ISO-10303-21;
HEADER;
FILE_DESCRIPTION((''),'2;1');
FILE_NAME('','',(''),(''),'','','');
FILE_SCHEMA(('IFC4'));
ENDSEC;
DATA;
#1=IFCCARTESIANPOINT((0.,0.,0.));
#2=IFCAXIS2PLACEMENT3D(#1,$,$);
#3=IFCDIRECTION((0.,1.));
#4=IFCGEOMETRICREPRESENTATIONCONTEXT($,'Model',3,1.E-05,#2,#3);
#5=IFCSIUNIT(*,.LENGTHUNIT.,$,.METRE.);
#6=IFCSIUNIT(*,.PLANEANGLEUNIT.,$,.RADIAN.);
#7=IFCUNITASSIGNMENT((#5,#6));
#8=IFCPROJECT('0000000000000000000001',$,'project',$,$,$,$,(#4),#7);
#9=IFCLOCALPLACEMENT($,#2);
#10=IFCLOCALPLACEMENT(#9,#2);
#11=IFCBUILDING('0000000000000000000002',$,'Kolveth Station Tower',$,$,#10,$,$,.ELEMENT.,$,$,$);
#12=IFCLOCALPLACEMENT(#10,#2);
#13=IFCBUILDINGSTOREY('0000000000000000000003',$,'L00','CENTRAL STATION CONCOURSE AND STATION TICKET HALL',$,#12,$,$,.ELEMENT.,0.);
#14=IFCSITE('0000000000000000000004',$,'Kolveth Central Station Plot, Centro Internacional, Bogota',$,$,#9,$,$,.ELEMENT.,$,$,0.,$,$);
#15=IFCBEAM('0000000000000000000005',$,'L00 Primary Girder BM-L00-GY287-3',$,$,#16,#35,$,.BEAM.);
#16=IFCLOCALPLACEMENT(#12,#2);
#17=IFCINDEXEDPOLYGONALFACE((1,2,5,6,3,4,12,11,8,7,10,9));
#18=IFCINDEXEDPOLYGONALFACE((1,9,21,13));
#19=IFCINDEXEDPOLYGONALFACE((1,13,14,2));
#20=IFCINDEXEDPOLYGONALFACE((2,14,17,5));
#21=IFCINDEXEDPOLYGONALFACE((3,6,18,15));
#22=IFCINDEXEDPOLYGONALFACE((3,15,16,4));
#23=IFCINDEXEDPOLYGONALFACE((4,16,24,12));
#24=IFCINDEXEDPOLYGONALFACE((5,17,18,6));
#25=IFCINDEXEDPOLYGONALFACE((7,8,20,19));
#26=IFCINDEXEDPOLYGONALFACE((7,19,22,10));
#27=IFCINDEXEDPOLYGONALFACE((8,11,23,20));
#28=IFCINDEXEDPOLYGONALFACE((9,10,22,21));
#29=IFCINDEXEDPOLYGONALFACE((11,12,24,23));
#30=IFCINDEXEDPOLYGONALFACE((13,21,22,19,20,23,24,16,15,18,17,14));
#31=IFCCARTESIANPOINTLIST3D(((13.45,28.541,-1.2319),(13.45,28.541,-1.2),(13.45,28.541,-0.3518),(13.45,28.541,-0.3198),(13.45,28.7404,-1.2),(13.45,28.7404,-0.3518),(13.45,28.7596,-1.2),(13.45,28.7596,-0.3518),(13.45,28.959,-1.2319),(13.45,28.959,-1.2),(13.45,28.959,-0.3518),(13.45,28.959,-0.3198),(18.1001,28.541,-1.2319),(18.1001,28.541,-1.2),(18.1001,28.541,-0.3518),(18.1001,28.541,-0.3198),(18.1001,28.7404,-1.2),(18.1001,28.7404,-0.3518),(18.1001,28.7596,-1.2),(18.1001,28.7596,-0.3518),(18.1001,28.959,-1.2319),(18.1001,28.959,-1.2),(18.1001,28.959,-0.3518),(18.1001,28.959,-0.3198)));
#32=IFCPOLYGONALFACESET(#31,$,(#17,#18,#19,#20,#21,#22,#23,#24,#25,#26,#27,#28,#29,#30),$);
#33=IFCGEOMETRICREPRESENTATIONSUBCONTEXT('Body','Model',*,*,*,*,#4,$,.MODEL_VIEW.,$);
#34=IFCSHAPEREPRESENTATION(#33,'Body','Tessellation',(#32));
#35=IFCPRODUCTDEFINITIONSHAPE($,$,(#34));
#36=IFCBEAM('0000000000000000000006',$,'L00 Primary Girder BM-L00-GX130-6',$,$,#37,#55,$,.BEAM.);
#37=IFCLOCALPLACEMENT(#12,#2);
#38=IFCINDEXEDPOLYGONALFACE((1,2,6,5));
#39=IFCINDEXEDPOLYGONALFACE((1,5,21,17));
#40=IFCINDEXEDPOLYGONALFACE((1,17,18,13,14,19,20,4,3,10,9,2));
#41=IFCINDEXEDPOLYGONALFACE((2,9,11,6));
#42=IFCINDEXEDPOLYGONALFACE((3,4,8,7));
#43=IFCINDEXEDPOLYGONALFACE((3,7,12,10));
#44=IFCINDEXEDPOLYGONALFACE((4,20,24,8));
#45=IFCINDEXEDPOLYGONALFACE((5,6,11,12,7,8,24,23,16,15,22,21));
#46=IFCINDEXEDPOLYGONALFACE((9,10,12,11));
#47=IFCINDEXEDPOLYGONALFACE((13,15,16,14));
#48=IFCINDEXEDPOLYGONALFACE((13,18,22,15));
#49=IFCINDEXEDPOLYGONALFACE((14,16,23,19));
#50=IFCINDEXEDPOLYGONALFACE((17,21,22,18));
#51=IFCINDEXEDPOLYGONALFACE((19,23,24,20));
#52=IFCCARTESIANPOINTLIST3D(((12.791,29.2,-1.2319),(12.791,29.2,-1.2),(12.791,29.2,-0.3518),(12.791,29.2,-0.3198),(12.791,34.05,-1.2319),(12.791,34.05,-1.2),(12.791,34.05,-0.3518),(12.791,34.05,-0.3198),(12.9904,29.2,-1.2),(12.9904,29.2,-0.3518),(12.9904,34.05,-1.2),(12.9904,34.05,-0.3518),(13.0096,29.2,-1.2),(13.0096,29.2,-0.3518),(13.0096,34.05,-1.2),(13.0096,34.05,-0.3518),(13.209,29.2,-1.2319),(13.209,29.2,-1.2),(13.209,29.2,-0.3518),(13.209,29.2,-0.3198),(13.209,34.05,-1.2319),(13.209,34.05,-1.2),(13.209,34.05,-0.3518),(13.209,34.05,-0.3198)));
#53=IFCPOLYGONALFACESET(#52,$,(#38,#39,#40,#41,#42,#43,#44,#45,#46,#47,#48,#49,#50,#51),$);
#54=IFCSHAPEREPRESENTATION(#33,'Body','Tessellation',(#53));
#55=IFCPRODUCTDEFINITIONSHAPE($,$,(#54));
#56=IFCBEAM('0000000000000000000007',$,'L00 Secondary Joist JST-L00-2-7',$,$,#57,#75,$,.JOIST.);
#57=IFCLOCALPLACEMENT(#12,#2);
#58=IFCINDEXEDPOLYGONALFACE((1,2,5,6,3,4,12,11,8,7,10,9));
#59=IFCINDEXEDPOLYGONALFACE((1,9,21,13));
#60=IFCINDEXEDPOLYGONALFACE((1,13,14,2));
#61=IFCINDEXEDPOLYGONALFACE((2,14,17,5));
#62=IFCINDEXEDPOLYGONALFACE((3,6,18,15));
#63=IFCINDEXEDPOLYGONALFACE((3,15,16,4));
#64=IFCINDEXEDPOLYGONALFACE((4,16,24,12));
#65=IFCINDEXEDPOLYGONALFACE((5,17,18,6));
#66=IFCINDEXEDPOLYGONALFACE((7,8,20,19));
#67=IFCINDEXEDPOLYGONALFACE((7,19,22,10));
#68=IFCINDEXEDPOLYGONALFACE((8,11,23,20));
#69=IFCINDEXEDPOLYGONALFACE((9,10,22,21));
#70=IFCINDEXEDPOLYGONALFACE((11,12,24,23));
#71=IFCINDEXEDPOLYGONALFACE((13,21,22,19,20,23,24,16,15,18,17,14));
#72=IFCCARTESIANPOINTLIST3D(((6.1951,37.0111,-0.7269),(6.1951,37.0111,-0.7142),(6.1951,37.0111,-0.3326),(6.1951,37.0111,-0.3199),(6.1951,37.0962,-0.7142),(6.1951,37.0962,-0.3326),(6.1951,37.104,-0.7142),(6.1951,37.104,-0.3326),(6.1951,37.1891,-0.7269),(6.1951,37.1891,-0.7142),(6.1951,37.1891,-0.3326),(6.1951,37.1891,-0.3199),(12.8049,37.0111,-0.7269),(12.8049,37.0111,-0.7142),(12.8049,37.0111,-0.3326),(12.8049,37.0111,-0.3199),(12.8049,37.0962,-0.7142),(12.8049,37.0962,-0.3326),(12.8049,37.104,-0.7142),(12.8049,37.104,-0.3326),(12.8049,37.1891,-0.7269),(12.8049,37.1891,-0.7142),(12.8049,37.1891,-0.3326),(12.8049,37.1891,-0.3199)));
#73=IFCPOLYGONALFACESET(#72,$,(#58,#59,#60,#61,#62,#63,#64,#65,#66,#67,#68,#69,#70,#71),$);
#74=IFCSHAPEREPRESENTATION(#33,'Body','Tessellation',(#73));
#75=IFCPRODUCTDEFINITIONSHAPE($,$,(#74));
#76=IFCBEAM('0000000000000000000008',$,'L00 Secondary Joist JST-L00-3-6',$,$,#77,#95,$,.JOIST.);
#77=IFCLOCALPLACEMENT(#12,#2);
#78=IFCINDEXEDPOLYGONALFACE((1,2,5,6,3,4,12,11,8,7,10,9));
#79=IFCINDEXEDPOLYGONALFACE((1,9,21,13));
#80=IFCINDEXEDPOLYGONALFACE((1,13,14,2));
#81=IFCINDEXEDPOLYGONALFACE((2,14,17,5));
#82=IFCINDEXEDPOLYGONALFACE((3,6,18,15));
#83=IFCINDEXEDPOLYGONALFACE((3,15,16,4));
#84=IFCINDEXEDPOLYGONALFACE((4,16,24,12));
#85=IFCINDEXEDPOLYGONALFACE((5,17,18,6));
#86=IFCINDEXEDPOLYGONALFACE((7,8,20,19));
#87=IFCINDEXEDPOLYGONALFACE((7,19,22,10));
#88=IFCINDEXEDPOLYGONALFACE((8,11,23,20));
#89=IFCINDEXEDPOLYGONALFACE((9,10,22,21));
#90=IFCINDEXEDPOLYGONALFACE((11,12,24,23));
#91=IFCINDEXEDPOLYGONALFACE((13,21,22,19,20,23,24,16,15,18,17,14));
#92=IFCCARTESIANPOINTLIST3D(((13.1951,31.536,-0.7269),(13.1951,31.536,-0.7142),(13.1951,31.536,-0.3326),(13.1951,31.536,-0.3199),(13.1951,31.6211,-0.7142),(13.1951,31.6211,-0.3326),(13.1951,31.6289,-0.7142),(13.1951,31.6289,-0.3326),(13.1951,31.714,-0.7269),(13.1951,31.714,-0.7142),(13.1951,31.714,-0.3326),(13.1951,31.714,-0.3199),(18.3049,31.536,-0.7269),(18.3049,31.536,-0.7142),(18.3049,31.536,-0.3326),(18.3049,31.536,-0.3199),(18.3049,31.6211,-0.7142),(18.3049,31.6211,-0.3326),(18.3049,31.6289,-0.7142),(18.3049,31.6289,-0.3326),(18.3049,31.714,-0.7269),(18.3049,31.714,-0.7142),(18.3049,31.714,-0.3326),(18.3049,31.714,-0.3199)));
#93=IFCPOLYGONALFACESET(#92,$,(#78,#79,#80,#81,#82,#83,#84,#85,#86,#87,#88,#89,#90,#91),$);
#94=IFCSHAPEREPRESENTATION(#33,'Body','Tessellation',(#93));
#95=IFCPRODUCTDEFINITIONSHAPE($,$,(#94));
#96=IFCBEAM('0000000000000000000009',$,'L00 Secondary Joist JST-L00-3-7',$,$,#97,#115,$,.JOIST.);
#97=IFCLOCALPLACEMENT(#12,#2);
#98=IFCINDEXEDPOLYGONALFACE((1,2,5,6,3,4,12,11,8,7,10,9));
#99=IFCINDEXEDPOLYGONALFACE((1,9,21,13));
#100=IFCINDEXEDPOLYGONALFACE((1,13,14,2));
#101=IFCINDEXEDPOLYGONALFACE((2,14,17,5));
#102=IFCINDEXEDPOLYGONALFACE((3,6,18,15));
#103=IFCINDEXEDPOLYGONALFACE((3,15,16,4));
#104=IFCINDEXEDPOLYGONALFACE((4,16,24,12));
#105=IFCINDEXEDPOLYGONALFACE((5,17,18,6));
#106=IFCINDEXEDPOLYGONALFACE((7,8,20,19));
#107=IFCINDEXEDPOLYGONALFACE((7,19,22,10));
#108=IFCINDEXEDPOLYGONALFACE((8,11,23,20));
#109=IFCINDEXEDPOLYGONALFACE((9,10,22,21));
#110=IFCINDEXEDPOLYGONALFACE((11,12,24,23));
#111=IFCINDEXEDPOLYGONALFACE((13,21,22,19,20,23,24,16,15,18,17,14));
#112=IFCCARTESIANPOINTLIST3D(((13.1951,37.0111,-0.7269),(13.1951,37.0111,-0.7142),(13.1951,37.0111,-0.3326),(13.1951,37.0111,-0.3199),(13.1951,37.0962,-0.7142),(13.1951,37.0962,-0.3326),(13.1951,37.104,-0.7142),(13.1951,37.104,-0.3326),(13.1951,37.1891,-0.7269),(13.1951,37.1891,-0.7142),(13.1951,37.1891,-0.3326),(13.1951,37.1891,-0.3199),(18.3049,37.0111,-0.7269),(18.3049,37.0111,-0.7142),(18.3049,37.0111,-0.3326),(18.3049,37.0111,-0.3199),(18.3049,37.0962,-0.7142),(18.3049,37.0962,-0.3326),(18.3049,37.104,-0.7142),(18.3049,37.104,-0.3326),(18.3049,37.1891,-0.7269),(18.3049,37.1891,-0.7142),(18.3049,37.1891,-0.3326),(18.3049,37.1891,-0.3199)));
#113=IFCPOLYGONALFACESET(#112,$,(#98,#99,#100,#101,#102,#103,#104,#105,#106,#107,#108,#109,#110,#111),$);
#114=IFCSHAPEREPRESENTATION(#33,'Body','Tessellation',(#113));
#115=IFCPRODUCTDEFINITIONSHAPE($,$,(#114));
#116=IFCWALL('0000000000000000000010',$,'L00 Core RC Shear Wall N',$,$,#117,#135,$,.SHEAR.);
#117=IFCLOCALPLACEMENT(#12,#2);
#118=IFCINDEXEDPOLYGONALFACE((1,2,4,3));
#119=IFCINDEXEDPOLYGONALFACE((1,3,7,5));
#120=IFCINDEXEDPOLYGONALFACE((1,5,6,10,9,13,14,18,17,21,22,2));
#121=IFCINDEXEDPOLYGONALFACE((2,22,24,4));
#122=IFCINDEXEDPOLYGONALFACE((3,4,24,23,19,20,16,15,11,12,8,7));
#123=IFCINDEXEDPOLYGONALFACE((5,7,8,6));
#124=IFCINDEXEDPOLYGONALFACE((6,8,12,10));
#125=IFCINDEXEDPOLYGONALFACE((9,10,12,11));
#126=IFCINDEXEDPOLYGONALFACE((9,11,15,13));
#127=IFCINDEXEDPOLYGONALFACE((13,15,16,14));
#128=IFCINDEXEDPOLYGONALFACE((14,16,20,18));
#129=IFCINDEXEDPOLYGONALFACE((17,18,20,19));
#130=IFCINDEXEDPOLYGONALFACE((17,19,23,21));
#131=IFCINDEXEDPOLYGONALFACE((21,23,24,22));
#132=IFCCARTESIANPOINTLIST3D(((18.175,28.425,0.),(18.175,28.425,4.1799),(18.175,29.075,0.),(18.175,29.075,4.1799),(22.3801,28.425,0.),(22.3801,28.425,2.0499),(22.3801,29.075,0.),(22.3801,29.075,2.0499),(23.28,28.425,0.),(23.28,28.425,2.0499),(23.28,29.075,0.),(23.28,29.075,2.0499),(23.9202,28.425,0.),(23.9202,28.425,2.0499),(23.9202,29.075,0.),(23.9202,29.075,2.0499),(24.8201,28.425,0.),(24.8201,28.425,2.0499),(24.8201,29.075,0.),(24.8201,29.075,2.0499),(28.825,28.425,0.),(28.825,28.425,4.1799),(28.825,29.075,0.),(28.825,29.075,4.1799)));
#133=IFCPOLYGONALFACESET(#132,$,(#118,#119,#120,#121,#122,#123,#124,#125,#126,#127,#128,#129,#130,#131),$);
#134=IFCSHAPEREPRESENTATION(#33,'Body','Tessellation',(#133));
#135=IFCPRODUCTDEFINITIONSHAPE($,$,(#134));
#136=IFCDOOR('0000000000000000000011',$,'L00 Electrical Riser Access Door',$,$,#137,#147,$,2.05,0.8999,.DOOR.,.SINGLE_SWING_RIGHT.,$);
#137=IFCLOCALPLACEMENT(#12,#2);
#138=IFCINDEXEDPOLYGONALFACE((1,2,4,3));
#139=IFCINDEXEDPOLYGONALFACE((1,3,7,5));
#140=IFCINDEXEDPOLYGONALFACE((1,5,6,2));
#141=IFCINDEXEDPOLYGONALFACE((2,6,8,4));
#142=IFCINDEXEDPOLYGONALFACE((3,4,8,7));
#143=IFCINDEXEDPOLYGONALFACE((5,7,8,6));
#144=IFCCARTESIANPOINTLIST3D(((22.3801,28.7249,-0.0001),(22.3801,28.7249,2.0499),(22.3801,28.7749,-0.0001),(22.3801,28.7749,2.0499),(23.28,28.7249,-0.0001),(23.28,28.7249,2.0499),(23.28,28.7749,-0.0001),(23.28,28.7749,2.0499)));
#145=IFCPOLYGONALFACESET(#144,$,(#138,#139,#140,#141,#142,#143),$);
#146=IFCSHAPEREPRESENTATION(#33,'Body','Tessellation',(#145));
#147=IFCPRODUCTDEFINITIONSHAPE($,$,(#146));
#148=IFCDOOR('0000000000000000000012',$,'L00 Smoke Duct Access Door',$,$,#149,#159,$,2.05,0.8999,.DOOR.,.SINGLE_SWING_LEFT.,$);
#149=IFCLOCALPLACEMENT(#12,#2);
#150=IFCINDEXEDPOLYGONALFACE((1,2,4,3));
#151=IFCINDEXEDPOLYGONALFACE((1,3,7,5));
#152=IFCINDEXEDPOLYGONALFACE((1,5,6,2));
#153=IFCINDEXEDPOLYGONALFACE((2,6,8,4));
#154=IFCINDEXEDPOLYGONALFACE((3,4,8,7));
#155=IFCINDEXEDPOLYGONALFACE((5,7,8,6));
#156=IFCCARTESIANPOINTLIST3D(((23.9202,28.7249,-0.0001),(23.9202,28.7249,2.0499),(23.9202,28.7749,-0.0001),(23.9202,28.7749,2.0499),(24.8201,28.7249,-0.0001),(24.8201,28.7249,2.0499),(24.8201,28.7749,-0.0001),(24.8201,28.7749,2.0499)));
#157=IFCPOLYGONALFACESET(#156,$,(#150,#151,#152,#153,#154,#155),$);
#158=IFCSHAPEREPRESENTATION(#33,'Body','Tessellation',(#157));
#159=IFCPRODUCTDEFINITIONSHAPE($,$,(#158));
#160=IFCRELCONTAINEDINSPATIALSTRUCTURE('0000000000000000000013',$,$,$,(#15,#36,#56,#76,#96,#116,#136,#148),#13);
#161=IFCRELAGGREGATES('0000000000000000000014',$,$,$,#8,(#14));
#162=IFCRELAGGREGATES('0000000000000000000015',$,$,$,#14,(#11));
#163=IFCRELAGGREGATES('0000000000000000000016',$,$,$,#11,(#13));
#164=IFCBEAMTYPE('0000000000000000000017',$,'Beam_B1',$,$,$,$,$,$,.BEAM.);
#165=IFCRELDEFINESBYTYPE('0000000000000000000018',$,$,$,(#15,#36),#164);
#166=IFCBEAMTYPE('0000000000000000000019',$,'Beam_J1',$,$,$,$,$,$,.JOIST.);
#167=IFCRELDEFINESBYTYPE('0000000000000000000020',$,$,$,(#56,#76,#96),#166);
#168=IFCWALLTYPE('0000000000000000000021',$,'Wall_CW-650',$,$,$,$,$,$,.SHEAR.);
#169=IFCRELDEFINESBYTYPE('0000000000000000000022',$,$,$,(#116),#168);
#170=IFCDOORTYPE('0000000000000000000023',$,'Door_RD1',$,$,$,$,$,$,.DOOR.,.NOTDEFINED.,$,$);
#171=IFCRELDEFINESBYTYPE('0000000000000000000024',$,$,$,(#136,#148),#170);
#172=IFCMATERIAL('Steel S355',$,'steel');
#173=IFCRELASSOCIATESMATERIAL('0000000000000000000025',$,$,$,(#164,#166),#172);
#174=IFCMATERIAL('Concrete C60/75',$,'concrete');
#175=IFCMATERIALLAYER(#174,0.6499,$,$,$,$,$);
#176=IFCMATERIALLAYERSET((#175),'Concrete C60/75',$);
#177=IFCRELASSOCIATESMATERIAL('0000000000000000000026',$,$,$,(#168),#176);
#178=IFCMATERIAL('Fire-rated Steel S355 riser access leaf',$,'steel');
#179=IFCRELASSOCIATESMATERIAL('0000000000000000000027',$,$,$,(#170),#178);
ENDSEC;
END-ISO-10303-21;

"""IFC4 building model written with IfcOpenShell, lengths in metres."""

from ifc_helpers import new_model, si_unit, direction, frame, frame_2d, origin, origin_2d, place, context, subcontext, project, spatial, rectangle, i_section, extrude, source, transform, mapped, material, layer, layer_set, material_profile, profile_set, type_object, element, fill, save


model = new_model("IFC4")

# Units and contexts
model_context = context("Model", 3, precision=1e-05, world=origin(), true_north=direction((0.0, 1.0)))
body_context = subcontext(model_context, "Body", "Model", "MODEL_VIEW")
ifc_project = project(units=[si_unit("LENGTHUNIT", "METRE"), si_unit("PLANEANGLEUNIT", "RADIAN")], contexts=[model_context])

# Site, building, storey
site_placement = place(None, origin())
site = spatial("IfcSite", under=ifc_project, at=site_placement, Name="Kolveth Central Station Plot, Centro Internacional, Bogota", CompositionType="ELEMENT", RefElevation=0.0)
building_placement = place(site_placement, origin())
building = spatial("IfcBuilding", under=site, at=building_placement, Name="Kolveth Station Tower", CompositionType="ELEMENT")
storey_placement = place(building_placement, origin())
storey = spatial("IfcBuildingStorey", under=building, at=storey_placement, Name="L00", Description="CENTRAL STATION CONCOURSE AND STATION TICKET HALL", CompositionType="ELEMENT", Elevation=0.0)

# Beams
ifc_material_1 = material(Name="Steel S355", Category="steel")
ifc_material_profile_1 = material_profile(ifc_material_1, i_section(OverallWidth=0.418, OverallDepth=0.9121, WebThickness=0.0193, FlangeThickness=0.032, at=origin_2d()), Name="W920x342")
ifc_profile_set_1 = profile_set([ifc_material_profile_1], Name="Steel S355")
beam_type_1 = type_object("IfcBeamType", Name="Beam_B1", PredefinedType="BEAM", material=ifc_profile_set_1)
shared_shape_1 = source(origin(), body_context, "Body", "SweptSolid", [
    extrude(i_section(OverallWidth=0.418, OverallDepth=0.9121, WebThickness=0.0193, FlangeThickness=0.032, at=origin_2d()), origin(), (0.0, 0.0, 1.0), 4.6501),
])
beam_1_placement = place(storey_placement, frame((13.45, 28.75, -0.7759), z_axis=(1.0, 0.0, 0.0), x_axis=(0.0, 1.0, 0.0)))
element("IfcBeam", 1, at=beam_1_placement, inside=storey, type_object=beam_type_1, Name="L00 Primary Girder BM-L00-GY287-3", PredefinedType="BEAM", context=body_context, shape_type="MappedRepresentation", body=[
    mapped(shared_shape_1, transform((0.0, 0.0, 0.0), x_axis=(1.0, 0.0, 0.0), y_axis=(0.0, 1.0, 0.0), z_axis=(0.0, 0.0, 1.0), scale=1.0)),
])
shared_shape_2 = source(origin(), body_context, "Body", "SweptSolid", [
    extrude(i_section(OverallWidth=0.418, OverallDepth=0.9121, WebThickness=0.0193, FlangeThickness=0.032, at=origin_2d()), origin(), (0.0, 0.0, 1.0), 4.8501),
])
beam_2_placement = place(storey_placement, frame((13.0, 29.2, -0.7759), z_axis=(0.0, 1.0, 0.0), x_axis=(-1.0, 0.0, 0.0)))
element("IfcBeam", 2, at=beam_2_placement, inside=storey, type_object=beam_type_1, Name="L00 Primary Girder BM-L00-GX130-6", PredefinedType="BEAM", context=body_context, shape_type="MappedRepresentation", body=[
    mapped(shared_shape_2, transform((0.0, 0.0, 0.0), x_axis=(1.0, 0.0, 0.0), y_axis=(0.0, 1.0, 0.0), z_axis=(0.0, 0.0, 1.0), scale=1.0)),
])
ifc_material_profile_2 = material_profile(ifc_material_1, i_section(OverallWidth=0.178, OverallDepth=0.407, WebThickness=0.0078, FlangeThickness=0.0127, at=origin_2d()), Name="W410x60")
ifc_profile_set_2 = profile_set([ifc_material_profile_2], Name="Steel S355")
beam_type_2 = type_object("IfcBeamType", Name="Beam_J1", PredefinedType="JOIST", material=ifc_profile_set_2)
shared_shape_3 = source(origin(), body_context, "Body", "SweptSolid", [
    extrude(i_section(OverallWidth=0.178, OverallDepth=0.407, WebThickness=0.0078, FlangeThickness=0.0127, at=origin_2d()), origin(), (0.0, 0.0, 1.0), 6.6099),
])
beam_3_placement = place(storey_placement, frame((6.1951, 37.1001, -0.5234), z_axis=(1.0, 0.0, 0.0), x_axis=(0.0, 1.0, 0.0)))
element("IfcBeam", 3, at=beam_3_placement, inside=storey, type_object=beam_type_2, Name="L00 Secondary Joist JST-L00-2-7", PredefinedType="JOIST", context=body_context, shape_type="MappedRepresentation", body=[
    mapped(shared_shape_3, transform((0.0, 0.0, 0.0), x_axis=(1.0, 0.0, 0.0), y_axis=(0.0, 1.0, 0.0), z_axis=(0.0, 0.0, 1.0), scale=1.0)),
])
shared_shape_4 = source(origin(), body_context, "Body", "SweptSolid", [
    extrude(i_section(OverallWidth=0.178, OverallDepth=0.407, WebThickness=0.0078, FlangeThickness=0.0127, at=origin_2d()), origin(), (0.0, 0.0, 1.0), 5.1099),
])
for number, where, z_axis, x_axis, name in (
    (4, (13.1951, 31.625, -0.5234), (1.0, 0.0, 0.0), (0.0, 1.0, 0.0), "L00 Secondary Joist JST-L00-3-6"),
    (5, (13.1951, 37.1001, -0.5234), (1.0, 0.0, 0.0), (0.0, 1.0, 0.0), "L00 Secondary Joist JST-L00-3-7"),
):
    element("IfcBeam", number, at=place(storey_placement, frame(where, z_axis=z_axis, x_axis=x_axis)), inside=storey, type_object=beam_type_2, Name=name, PredefinedType="JOIST", context=body_context, shape_type="MappedRepresentation", body=[
        mapped(shared_shape_4, transform((0.0, 0.0, 0.0), x_axis=(1.0, 0.0, 0.0), y_axis=(0.0, 1.0, 0.0), z_axis=(0.0, 0.0, 1.0), scale=1.0)),
    ])

# Wall, openings, doors
ifc_material_2 = material(Name="Concrete C60/75", Category="concrete")
ifc_layer_1 = layer(ifc_material_2, 0.6499)
ifc_layer_set_1 = layer_set([ifc_layer_1], Name="Concrete C60/75")
wall_type_1 = type_object("IfcWallType", Name="Wall_CW-650", PredefinedType="SHEAR", material=ifc_layer_set_1)
wall_1_placement = place(storey_placement, frame((18.175, 28.75, 0.0), z_axis=(0.0, 0.0, 1.0), x_axis=(1.0, 0.0, 0.0)))
wall_1 = element("IfcWall", 6, at=wall_1_placement, inside=storey, type_object=wall_type_1, Name="L00 Core RC Shear Wall N", PredefinedType="SHEAR", context=body_context, shape_type="SweptSolid", body=[
    extrude(rectangle(XDim=10.6499, YDim=0.6499, at=frame_2d((5.325, 0.0))), origin(), (0.0, 0.0, 1.0), 4.1799),
])
opening_1_placement = place(wall_1_placement, frame((4.2051, 0.0, 0.0)))
opening_1 = element("IfcOpeningElement", 7, at=opening_1_placement, cuts=wall_1, PredefinedType="OPENING", context=body_context, shape_type="SweptSolid", body=[
    extrude(rectangle(XDim=0.8999, YDim=2.05, at=frame_2d((0.45, 1.0249))), frame((0.0, 0.335, 0.0), z_axis=(0.0, -1.0, 0.0), x_axis=(1.0, 0.0, 0.0)), (0.0, 0.0, 1.0), 0.6699),
])
opening_2_placement = place(wall_1_placement, frame((5.7451, 0.0, 0.0)))
opening_2 = element("IfcOpeningElement", 8, at=opening_2_placement, cuts=wall_1, PredefinedType="OPENING", context=body_context, shape_type="SweptSolid", body=[
    extrude(rectangle(XDim=0.8999, YDim=2.05, at=frame_2d((0.45, 1.0249))), frame((0.0, 0.335, 0.0), z_axis=(0.0, -1.0, 0.0), x_axis=(1.0, 0.0, 0.0)), (0.0, 0.0, 1.0), 0.6699),
])
ifc_material_3 = material(Name="Fire-rated Steel S355 riser access leaf", Category="steel")
door_type_1 = type_object("IfcDoorType", Name="Door_RD1", OperationType="NOTDEFINED", PredefinedType="DOOR", material=ifc_material_3)
door_1_placement = place(opening_1_placement, origin())
door_1 = element("IfcDoor", 9, at=door_1_placement, inside=storey, type_object=door_type_1, Name="L00 Electrical Riser Access Door", OperationType="SINGLE_SWING_RIGHT", OverallHeight=2.05, OverallWidth=0.8999, PredefinedType="DOOR", context=body_context, shape_type="SweptSolid", body=[
    extrude(rectangle(XDim=0.8999, YDim=2.05, at=frame_2d((0.45, 1.0249))), frame((0.0, 0.0249, 0.0), z_axis=(0.0, -1.0, 0.0), x_axis=(1.0, 0.0, 0.0)), (0.0, 0.0, 1.0), 0.05),
])
fill(opening_1, door_1)
door_2_placement = place(opening_2_placement, origin())
door_2 = element("IfcDoor", 10, at=door_2_placement, inside=storey, type_object=door_type_1, Name="L00 Smoke Duct Access Door", OperationType="SINGLE_SWING_LEFT", OverallHeight=2.05, OverallWidth=0.8999, PredefinedType="DOOR", context=body_context, shape_type="SweptSolid", body=[
    extrude(rectangle(XDim=0.8999, YDim=2.05, at=frame_2d((0.45, 1.0249))), frame((0.0, 0.0249, 0.0), z_axis=(0.0, -1.0, 0.0), x_axis=(1.0, 0.0, 0.0)), (0.0, 0.0, 1.0), 0.05),
])
fill(opening_2, door_2)

save(model, "model.ifc")
